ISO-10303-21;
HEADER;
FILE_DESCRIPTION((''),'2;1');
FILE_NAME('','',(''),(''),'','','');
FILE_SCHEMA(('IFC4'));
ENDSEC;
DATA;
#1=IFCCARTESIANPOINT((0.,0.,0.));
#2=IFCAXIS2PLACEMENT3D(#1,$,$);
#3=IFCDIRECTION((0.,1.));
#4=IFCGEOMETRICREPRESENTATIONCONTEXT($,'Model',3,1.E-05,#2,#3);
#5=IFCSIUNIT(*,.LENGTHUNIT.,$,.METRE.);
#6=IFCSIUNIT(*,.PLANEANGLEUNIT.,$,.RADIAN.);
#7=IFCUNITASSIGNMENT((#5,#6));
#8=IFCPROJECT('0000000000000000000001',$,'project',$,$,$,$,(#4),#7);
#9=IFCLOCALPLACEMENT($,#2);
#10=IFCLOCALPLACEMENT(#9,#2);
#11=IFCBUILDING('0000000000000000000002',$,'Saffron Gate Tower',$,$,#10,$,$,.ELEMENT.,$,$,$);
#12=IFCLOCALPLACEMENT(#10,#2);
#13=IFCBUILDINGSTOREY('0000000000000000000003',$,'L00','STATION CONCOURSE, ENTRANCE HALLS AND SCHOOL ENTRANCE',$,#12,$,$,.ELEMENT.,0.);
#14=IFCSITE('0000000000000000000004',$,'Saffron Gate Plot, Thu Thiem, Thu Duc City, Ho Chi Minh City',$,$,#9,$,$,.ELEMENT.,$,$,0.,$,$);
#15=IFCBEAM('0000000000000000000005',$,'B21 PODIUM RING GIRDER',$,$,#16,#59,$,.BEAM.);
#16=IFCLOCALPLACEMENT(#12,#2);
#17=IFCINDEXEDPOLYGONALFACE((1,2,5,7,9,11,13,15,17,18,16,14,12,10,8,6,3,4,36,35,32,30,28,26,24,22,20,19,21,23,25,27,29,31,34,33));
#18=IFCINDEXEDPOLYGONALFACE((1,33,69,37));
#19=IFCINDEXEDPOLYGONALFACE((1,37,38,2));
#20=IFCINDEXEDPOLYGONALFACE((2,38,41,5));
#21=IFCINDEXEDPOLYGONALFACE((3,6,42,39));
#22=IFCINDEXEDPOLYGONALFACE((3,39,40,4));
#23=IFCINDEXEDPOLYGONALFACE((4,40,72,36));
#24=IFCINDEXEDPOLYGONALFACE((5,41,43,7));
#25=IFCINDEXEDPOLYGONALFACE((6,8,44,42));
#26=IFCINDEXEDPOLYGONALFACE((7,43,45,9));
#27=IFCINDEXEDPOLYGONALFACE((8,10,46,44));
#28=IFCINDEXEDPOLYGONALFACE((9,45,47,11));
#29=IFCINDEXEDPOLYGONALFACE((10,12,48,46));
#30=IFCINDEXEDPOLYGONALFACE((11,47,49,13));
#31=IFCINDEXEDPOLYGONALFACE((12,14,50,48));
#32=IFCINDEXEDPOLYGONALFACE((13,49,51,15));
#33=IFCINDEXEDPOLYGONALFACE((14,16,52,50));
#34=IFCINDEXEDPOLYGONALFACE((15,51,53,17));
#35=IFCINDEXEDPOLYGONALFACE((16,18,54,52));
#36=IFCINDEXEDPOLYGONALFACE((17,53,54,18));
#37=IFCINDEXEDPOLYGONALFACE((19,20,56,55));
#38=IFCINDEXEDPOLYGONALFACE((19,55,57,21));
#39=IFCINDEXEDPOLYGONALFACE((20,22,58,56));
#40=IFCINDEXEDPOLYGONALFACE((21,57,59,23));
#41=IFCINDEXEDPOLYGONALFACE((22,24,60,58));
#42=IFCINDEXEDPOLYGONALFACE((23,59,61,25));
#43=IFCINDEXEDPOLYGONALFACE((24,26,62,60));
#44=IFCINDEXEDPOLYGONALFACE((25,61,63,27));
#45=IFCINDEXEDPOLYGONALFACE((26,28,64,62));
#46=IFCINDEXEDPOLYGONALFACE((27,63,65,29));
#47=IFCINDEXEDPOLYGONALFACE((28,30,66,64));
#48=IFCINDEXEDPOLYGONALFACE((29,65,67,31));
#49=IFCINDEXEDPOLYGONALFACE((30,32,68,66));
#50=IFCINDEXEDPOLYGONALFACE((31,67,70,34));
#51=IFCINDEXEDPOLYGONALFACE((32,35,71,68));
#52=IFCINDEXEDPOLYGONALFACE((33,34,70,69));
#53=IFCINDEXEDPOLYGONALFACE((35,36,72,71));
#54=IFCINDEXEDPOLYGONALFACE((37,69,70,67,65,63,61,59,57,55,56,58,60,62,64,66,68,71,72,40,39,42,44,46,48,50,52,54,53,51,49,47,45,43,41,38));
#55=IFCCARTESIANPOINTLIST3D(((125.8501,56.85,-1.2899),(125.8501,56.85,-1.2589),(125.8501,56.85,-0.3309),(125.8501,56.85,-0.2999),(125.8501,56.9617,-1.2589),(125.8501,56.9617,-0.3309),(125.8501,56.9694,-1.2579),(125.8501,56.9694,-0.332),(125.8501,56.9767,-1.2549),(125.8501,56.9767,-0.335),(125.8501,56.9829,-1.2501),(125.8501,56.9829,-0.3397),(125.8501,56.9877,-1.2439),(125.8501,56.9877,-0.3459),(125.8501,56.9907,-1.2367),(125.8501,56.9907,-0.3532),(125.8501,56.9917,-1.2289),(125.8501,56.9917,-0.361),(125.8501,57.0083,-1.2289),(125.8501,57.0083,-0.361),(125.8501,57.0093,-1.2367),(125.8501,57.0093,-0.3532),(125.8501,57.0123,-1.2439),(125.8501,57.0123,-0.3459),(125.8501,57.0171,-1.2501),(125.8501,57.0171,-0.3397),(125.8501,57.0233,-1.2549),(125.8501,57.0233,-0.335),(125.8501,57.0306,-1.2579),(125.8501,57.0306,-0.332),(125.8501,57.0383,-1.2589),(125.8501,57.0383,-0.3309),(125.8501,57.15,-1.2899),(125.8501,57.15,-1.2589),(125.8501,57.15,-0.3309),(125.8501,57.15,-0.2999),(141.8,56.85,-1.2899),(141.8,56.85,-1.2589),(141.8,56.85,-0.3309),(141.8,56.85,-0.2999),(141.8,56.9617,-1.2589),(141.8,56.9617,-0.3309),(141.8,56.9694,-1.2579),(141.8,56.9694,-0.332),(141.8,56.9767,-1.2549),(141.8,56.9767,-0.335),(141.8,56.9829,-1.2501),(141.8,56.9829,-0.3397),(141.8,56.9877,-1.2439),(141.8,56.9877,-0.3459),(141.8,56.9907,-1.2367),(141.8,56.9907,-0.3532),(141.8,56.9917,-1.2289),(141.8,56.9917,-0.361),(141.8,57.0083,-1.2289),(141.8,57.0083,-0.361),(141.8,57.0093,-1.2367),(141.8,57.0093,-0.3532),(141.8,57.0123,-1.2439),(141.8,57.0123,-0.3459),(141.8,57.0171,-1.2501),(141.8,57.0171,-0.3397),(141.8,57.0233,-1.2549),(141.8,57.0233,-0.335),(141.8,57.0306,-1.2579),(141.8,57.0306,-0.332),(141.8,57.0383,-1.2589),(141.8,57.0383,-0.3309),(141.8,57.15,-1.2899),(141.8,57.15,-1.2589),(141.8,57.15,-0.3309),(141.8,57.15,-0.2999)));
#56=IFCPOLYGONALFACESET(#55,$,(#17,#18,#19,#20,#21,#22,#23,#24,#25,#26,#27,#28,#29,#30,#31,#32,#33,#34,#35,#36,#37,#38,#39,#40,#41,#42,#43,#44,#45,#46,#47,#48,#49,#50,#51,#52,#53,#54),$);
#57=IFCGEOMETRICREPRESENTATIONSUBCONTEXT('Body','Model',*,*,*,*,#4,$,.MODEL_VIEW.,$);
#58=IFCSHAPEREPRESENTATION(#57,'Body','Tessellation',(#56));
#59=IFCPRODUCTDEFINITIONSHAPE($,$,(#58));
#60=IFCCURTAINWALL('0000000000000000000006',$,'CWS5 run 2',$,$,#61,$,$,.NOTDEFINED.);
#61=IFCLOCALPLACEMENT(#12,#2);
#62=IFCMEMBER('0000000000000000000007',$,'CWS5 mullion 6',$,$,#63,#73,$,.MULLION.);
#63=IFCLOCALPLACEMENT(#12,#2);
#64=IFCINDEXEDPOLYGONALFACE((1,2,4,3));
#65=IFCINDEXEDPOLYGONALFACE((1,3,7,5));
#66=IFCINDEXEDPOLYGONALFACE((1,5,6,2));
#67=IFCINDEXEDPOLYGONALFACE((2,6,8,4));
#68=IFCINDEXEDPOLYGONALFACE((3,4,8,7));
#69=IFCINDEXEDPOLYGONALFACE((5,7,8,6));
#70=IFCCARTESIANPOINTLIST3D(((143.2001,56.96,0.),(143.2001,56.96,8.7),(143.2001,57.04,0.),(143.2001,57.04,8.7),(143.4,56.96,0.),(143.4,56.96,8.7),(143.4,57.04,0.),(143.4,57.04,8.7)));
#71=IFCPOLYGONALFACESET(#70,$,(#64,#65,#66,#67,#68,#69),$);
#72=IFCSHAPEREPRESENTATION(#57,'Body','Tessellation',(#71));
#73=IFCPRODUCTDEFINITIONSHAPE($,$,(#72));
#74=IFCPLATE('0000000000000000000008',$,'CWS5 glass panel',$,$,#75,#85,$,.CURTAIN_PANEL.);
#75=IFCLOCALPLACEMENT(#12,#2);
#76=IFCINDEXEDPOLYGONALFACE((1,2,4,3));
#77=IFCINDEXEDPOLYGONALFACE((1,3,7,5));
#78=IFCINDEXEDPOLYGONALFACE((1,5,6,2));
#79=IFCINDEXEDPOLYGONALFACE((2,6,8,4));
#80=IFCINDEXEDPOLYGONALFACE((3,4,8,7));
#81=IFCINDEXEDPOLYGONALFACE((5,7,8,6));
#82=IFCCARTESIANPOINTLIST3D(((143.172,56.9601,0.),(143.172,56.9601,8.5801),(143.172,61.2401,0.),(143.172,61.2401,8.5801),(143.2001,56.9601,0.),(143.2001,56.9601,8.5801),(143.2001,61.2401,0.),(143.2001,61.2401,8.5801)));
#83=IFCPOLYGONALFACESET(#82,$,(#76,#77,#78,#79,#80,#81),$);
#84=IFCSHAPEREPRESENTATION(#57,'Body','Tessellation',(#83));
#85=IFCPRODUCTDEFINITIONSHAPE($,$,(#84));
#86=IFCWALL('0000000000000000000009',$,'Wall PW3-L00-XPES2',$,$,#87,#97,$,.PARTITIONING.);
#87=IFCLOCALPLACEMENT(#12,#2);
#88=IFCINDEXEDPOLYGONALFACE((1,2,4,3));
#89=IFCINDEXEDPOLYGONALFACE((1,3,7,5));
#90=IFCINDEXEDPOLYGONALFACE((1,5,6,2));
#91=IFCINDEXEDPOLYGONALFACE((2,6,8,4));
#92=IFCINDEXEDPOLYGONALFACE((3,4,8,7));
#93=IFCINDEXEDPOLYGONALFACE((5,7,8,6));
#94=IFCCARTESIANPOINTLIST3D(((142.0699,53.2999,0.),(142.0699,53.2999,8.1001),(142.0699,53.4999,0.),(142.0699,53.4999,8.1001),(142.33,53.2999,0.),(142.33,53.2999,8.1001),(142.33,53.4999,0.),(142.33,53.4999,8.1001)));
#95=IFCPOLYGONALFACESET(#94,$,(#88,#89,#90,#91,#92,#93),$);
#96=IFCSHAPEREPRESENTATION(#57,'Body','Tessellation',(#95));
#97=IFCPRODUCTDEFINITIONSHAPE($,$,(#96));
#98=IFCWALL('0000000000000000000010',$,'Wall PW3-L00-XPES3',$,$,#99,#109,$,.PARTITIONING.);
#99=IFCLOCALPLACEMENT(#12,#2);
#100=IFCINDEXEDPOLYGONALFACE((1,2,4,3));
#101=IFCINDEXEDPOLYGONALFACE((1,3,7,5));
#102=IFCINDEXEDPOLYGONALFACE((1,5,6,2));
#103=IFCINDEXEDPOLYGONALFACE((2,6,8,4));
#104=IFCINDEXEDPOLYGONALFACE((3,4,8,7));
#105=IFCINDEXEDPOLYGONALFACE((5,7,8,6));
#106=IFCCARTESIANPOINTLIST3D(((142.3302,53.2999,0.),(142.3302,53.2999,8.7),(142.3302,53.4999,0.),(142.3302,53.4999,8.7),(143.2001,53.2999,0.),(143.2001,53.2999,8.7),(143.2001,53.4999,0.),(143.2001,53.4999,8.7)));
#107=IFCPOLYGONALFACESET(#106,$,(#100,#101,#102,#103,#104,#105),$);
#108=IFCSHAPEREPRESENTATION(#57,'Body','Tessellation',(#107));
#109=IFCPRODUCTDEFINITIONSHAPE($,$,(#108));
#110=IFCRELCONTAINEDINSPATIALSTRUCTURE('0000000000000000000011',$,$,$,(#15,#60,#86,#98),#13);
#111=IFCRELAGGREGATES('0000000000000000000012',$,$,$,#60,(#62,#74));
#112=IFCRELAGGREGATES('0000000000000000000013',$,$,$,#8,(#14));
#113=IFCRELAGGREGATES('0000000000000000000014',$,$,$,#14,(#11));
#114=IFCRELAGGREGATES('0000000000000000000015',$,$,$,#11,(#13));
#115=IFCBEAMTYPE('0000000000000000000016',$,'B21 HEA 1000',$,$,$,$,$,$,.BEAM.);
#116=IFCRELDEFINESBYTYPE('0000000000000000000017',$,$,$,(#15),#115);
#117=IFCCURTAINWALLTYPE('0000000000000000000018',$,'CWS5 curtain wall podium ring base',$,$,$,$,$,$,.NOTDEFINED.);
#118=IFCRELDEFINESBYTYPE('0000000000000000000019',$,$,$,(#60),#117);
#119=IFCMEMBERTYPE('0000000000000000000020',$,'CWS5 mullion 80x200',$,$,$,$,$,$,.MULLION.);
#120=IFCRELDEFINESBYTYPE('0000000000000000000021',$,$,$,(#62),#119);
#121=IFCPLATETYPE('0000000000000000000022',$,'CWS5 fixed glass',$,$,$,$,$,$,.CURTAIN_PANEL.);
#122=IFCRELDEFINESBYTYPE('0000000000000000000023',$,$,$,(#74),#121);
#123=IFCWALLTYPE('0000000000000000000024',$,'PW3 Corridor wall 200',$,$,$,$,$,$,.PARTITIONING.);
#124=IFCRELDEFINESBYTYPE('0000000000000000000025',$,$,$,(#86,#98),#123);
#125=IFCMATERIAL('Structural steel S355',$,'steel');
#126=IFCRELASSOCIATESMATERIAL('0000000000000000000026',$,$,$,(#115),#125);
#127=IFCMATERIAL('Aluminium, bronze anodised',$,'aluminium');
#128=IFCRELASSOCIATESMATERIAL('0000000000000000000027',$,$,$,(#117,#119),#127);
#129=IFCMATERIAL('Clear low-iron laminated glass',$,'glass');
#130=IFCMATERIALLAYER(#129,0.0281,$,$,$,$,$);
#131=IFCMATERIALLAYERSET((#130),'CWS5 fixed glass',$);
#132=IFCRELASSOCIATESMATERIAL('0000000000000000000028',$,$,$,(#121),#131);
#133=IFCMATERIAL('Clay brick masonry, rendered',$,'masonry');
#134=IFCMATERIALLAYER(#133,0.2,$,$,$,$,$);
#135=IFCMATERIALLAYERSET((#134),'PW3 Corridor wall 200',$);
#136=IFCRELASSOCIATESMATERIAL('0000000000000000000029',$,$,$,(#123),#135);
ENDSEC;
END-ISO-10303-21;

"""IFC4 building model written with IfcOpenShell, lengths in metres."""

from ifc_helpers import new_model, si_unit, direction, frame, frame_2d, origin, origin_2d, place, context, subcontext, project, spatial, rectangle, i_section, extrude, material, layer, layer_set, material_profile, profile_set, type_object, element, aggregate, save


model = new_model("IFC4")

# Units and contexts
model_context = context("Model", 3, precision=1e-05, world=origin(), true_north=direction((0.0, 1.0)))
body_context = subcontext(model_context, "Body", "Model", "MODEL_VIEW")
ifc_project = project(units=[si_unit("LENGTHUNIT", "METRE"), si_unit("PLANEANGLEUNIT", "RADIAN")], contexts=[model_context])

# Site, building, storey
site_placement = place(None, origin())
site = spatial("IfcSite", under=ifc_project, at=site_placement, Name="Saffron Gate Plot, Thu Thiem, Thu Duc City, Ho Chi Minh City", CompositionType="ELEMENT", RefElevation=0.0)
building_placement = place(site_placement, origin())
building = spatial("IfcBuilding", under=site, at=building_placement, Name="Saffron Gate Tower", CompositionType="ELEMENT")
storey_placement = place(building_placement, origin())
storey = spatial("IfcBuildingStorey", under=building, at=storey_placement, Name="L00", Description="STATION CONCOURSE, ENTRANCE HALLS AND SCHOOL ENTRANCE", CompositionType="ELEMENT", Elevation=0.0)

# Beam
ifc_material_1 = material(Name="Structural steel S355", Category="steel")
ifc_material_profile_1 = material_profile(ifc_material_1, i_section(OverallWidth=0.3, OverallDepth=0.99, WebThickness=0.0166, FlangeThickness=0.031, FilletRadius=0.03, at=origin_2d()))
ifc_profile_set_1 = profile_set([ifc_material_profile_1], Name="Structural steel S355")
beam_type_1 = type_object("IfcBeamType", Name="B21 HEA 1000", PredefinedType="BEAM", material=ifc_profile_set_1)
for number, where, z_axis, x_axis, name in (
    (1, (141.8, 57.0, -0.7949), (-1.0, 0.0, 0.0), (0.0, -1.0, 0.0), "B21 PODIUM RING GIRDER"),
):
    element("IfcBeam", number, at=place(storey_placement, frame(where, z_axis=z_axis, x_axis=x_axis)), inside=storey, type_object=beam_type_1, Name=name, PredefinedType="BEAM", context=body_context, shape_type="SweptSolid", body=[
        extrude(i_section(OverallWidth=0.3, OverallDepth=0.99, WebThickness=0.0166, FlangeThickness=0.031, FilletRadius=0.03, at=origin_2d()), origin(), (0.0, 0.0, 1.0), 15.95),
    ])

# Curtain wall, member, plate
ifc_material_2 = material(Name="Aluminium, bronze anodised", Category="aluminium")
curtain_wall_type = type_object("IfcCurtainWallType", Name="CWS5 curtain wall podium ring base", PredefinedType="NOTDEFINED", material=ifc_material_2)
curtain_wall_placement = place(storey_placement, origin())
curtain_wall = element("IfcCurtainWall", 2, at=curtain_wall_placement, inside=storey, type_object=curtain_wall_type, Name="CWS5 run 2", PredefinedType="NOTDEFINED")
ifc_material_profile_2 = material_profile(ifc_material_2, rectangle(XDim=0.2, YDim=0.0801, at=origin_2d()))
ifc_profile_set_2 = profile_set([ifc_material_profile_2], Name="Aluminium, bronze anodised")
member_type = type_object("IfcMemberType", Name="CWS5 mullion 80x200", PredefinedType="MULLION", material=ifc_profile_set_2)
member_placement = place(storey_placement, frame((143.3, 57.0, 0.0), z_axis=(0.0, 0.0, 1.0), x_axis=(-1.0, 0.0, 0.0)))
member = element("IfcMember", 3, at=member_placement, type_object=member_type, Name="CWS5 mullion 6", PredefinedType="MULLION", context=body_context, shape_type="SweptSolid", body=[
    extrude(rectangle(XDim=0.2, YDim=0.0801, at=origin_2d()), origin(), (0.0, 0.0, 1.0), 8.7),
])
ifc_material_3 = material(Name="Clear low-iron laminated glass", Category="glass")
ifc_layer_1 = layer(ifc_material_3, 0.0281)
ifc_layer_set_1 = layer_set([ifc_layer_1], Name="CWS5 fixed glass")
plate_type = type_object("IfcPlateType", Name="CWS5 fixed glass", PredefinedType="CURTAIN_PANEL", material=ifc_layer_set_1)
plate_placement = place(storey_placement, frame((143.186, 56.96, 0.0), z_axis=(0.0, 0.0, 1.0), x_axis=(0.0, 1.0, 0.0)))
plate = element("IfcPlate", 4, at=plate_placement, type_object=plate_type, Name="CWS5 glass panel", PredefinedType="CURTAIN_PANEL", context=body_context, shape_type="SweptSolid", body=[
    extrude(rectangle(XDim=4.28, YDim=0.0281, at=frame_2d((2.1401, 0.0))), origin(), (0.0, 0.0, 1.0), 8.5801),
])
aggregate(curtain_wall, [member, plate])

# Walls
ifc_material_4 = material(Name="Clay brick masonry, rendered", Category="masonry")
ifc_layer_2 = layer(ifc_material_4, 0.2)
ifc_layer_set_2 = layer_set([ifc_layer_2], Name="PW3 Corridor wall 200")
wall_type_1 = type_object("IfcWallType", Name="PW3 Corridor wall 200", PredefinedType="PARTITIONING", material=ifc_layer_set_2)
wall_1_placement = place(storey_placement, frame((142.0701, 53.3999, 0.0), z_axis=(0.0, 0.0, 1.0), x_axis=(1.0, 0.0, 0.0)))
element("IfcWall", 5, at=wall_1_placement, inside=storey, type_object=wall_type_1, Name="Wall PW3-L00-XPES2", PredefinedType="PARTITIONING", context=body_context, shape_type="SweptSolid", body=[
    extrude(rectangle(XDim=0.26, YDim=0.2, at=frame_2d((0.1299, 0.0))), origin(), (0.0, 0.0, 1.0), 8.1001),
])
wall_2_placement = place(storey_placement, frame((142.3301, 53.3999, 0.0), z_axis=(0.0, 0.0, 1.0), x_axis=(1.0, 0.0, 0.0)))
element("IfcWall", 6, at=wall_2_placement, inside=storey, type_object=wall_type_1, Name="Wall PW3-L00-XPES3", PredefinedType="PARTITIONING", context=body_context, shape_type="SweptSolid", body=[
    extrude(rectangle(XDim=0.8699, YDim=0.2, at=frame_2d((0.4351, 0.0))), origin(), (0.0, 0.0, 1.0), 8.7),
])

save(model, "model.ifc")
